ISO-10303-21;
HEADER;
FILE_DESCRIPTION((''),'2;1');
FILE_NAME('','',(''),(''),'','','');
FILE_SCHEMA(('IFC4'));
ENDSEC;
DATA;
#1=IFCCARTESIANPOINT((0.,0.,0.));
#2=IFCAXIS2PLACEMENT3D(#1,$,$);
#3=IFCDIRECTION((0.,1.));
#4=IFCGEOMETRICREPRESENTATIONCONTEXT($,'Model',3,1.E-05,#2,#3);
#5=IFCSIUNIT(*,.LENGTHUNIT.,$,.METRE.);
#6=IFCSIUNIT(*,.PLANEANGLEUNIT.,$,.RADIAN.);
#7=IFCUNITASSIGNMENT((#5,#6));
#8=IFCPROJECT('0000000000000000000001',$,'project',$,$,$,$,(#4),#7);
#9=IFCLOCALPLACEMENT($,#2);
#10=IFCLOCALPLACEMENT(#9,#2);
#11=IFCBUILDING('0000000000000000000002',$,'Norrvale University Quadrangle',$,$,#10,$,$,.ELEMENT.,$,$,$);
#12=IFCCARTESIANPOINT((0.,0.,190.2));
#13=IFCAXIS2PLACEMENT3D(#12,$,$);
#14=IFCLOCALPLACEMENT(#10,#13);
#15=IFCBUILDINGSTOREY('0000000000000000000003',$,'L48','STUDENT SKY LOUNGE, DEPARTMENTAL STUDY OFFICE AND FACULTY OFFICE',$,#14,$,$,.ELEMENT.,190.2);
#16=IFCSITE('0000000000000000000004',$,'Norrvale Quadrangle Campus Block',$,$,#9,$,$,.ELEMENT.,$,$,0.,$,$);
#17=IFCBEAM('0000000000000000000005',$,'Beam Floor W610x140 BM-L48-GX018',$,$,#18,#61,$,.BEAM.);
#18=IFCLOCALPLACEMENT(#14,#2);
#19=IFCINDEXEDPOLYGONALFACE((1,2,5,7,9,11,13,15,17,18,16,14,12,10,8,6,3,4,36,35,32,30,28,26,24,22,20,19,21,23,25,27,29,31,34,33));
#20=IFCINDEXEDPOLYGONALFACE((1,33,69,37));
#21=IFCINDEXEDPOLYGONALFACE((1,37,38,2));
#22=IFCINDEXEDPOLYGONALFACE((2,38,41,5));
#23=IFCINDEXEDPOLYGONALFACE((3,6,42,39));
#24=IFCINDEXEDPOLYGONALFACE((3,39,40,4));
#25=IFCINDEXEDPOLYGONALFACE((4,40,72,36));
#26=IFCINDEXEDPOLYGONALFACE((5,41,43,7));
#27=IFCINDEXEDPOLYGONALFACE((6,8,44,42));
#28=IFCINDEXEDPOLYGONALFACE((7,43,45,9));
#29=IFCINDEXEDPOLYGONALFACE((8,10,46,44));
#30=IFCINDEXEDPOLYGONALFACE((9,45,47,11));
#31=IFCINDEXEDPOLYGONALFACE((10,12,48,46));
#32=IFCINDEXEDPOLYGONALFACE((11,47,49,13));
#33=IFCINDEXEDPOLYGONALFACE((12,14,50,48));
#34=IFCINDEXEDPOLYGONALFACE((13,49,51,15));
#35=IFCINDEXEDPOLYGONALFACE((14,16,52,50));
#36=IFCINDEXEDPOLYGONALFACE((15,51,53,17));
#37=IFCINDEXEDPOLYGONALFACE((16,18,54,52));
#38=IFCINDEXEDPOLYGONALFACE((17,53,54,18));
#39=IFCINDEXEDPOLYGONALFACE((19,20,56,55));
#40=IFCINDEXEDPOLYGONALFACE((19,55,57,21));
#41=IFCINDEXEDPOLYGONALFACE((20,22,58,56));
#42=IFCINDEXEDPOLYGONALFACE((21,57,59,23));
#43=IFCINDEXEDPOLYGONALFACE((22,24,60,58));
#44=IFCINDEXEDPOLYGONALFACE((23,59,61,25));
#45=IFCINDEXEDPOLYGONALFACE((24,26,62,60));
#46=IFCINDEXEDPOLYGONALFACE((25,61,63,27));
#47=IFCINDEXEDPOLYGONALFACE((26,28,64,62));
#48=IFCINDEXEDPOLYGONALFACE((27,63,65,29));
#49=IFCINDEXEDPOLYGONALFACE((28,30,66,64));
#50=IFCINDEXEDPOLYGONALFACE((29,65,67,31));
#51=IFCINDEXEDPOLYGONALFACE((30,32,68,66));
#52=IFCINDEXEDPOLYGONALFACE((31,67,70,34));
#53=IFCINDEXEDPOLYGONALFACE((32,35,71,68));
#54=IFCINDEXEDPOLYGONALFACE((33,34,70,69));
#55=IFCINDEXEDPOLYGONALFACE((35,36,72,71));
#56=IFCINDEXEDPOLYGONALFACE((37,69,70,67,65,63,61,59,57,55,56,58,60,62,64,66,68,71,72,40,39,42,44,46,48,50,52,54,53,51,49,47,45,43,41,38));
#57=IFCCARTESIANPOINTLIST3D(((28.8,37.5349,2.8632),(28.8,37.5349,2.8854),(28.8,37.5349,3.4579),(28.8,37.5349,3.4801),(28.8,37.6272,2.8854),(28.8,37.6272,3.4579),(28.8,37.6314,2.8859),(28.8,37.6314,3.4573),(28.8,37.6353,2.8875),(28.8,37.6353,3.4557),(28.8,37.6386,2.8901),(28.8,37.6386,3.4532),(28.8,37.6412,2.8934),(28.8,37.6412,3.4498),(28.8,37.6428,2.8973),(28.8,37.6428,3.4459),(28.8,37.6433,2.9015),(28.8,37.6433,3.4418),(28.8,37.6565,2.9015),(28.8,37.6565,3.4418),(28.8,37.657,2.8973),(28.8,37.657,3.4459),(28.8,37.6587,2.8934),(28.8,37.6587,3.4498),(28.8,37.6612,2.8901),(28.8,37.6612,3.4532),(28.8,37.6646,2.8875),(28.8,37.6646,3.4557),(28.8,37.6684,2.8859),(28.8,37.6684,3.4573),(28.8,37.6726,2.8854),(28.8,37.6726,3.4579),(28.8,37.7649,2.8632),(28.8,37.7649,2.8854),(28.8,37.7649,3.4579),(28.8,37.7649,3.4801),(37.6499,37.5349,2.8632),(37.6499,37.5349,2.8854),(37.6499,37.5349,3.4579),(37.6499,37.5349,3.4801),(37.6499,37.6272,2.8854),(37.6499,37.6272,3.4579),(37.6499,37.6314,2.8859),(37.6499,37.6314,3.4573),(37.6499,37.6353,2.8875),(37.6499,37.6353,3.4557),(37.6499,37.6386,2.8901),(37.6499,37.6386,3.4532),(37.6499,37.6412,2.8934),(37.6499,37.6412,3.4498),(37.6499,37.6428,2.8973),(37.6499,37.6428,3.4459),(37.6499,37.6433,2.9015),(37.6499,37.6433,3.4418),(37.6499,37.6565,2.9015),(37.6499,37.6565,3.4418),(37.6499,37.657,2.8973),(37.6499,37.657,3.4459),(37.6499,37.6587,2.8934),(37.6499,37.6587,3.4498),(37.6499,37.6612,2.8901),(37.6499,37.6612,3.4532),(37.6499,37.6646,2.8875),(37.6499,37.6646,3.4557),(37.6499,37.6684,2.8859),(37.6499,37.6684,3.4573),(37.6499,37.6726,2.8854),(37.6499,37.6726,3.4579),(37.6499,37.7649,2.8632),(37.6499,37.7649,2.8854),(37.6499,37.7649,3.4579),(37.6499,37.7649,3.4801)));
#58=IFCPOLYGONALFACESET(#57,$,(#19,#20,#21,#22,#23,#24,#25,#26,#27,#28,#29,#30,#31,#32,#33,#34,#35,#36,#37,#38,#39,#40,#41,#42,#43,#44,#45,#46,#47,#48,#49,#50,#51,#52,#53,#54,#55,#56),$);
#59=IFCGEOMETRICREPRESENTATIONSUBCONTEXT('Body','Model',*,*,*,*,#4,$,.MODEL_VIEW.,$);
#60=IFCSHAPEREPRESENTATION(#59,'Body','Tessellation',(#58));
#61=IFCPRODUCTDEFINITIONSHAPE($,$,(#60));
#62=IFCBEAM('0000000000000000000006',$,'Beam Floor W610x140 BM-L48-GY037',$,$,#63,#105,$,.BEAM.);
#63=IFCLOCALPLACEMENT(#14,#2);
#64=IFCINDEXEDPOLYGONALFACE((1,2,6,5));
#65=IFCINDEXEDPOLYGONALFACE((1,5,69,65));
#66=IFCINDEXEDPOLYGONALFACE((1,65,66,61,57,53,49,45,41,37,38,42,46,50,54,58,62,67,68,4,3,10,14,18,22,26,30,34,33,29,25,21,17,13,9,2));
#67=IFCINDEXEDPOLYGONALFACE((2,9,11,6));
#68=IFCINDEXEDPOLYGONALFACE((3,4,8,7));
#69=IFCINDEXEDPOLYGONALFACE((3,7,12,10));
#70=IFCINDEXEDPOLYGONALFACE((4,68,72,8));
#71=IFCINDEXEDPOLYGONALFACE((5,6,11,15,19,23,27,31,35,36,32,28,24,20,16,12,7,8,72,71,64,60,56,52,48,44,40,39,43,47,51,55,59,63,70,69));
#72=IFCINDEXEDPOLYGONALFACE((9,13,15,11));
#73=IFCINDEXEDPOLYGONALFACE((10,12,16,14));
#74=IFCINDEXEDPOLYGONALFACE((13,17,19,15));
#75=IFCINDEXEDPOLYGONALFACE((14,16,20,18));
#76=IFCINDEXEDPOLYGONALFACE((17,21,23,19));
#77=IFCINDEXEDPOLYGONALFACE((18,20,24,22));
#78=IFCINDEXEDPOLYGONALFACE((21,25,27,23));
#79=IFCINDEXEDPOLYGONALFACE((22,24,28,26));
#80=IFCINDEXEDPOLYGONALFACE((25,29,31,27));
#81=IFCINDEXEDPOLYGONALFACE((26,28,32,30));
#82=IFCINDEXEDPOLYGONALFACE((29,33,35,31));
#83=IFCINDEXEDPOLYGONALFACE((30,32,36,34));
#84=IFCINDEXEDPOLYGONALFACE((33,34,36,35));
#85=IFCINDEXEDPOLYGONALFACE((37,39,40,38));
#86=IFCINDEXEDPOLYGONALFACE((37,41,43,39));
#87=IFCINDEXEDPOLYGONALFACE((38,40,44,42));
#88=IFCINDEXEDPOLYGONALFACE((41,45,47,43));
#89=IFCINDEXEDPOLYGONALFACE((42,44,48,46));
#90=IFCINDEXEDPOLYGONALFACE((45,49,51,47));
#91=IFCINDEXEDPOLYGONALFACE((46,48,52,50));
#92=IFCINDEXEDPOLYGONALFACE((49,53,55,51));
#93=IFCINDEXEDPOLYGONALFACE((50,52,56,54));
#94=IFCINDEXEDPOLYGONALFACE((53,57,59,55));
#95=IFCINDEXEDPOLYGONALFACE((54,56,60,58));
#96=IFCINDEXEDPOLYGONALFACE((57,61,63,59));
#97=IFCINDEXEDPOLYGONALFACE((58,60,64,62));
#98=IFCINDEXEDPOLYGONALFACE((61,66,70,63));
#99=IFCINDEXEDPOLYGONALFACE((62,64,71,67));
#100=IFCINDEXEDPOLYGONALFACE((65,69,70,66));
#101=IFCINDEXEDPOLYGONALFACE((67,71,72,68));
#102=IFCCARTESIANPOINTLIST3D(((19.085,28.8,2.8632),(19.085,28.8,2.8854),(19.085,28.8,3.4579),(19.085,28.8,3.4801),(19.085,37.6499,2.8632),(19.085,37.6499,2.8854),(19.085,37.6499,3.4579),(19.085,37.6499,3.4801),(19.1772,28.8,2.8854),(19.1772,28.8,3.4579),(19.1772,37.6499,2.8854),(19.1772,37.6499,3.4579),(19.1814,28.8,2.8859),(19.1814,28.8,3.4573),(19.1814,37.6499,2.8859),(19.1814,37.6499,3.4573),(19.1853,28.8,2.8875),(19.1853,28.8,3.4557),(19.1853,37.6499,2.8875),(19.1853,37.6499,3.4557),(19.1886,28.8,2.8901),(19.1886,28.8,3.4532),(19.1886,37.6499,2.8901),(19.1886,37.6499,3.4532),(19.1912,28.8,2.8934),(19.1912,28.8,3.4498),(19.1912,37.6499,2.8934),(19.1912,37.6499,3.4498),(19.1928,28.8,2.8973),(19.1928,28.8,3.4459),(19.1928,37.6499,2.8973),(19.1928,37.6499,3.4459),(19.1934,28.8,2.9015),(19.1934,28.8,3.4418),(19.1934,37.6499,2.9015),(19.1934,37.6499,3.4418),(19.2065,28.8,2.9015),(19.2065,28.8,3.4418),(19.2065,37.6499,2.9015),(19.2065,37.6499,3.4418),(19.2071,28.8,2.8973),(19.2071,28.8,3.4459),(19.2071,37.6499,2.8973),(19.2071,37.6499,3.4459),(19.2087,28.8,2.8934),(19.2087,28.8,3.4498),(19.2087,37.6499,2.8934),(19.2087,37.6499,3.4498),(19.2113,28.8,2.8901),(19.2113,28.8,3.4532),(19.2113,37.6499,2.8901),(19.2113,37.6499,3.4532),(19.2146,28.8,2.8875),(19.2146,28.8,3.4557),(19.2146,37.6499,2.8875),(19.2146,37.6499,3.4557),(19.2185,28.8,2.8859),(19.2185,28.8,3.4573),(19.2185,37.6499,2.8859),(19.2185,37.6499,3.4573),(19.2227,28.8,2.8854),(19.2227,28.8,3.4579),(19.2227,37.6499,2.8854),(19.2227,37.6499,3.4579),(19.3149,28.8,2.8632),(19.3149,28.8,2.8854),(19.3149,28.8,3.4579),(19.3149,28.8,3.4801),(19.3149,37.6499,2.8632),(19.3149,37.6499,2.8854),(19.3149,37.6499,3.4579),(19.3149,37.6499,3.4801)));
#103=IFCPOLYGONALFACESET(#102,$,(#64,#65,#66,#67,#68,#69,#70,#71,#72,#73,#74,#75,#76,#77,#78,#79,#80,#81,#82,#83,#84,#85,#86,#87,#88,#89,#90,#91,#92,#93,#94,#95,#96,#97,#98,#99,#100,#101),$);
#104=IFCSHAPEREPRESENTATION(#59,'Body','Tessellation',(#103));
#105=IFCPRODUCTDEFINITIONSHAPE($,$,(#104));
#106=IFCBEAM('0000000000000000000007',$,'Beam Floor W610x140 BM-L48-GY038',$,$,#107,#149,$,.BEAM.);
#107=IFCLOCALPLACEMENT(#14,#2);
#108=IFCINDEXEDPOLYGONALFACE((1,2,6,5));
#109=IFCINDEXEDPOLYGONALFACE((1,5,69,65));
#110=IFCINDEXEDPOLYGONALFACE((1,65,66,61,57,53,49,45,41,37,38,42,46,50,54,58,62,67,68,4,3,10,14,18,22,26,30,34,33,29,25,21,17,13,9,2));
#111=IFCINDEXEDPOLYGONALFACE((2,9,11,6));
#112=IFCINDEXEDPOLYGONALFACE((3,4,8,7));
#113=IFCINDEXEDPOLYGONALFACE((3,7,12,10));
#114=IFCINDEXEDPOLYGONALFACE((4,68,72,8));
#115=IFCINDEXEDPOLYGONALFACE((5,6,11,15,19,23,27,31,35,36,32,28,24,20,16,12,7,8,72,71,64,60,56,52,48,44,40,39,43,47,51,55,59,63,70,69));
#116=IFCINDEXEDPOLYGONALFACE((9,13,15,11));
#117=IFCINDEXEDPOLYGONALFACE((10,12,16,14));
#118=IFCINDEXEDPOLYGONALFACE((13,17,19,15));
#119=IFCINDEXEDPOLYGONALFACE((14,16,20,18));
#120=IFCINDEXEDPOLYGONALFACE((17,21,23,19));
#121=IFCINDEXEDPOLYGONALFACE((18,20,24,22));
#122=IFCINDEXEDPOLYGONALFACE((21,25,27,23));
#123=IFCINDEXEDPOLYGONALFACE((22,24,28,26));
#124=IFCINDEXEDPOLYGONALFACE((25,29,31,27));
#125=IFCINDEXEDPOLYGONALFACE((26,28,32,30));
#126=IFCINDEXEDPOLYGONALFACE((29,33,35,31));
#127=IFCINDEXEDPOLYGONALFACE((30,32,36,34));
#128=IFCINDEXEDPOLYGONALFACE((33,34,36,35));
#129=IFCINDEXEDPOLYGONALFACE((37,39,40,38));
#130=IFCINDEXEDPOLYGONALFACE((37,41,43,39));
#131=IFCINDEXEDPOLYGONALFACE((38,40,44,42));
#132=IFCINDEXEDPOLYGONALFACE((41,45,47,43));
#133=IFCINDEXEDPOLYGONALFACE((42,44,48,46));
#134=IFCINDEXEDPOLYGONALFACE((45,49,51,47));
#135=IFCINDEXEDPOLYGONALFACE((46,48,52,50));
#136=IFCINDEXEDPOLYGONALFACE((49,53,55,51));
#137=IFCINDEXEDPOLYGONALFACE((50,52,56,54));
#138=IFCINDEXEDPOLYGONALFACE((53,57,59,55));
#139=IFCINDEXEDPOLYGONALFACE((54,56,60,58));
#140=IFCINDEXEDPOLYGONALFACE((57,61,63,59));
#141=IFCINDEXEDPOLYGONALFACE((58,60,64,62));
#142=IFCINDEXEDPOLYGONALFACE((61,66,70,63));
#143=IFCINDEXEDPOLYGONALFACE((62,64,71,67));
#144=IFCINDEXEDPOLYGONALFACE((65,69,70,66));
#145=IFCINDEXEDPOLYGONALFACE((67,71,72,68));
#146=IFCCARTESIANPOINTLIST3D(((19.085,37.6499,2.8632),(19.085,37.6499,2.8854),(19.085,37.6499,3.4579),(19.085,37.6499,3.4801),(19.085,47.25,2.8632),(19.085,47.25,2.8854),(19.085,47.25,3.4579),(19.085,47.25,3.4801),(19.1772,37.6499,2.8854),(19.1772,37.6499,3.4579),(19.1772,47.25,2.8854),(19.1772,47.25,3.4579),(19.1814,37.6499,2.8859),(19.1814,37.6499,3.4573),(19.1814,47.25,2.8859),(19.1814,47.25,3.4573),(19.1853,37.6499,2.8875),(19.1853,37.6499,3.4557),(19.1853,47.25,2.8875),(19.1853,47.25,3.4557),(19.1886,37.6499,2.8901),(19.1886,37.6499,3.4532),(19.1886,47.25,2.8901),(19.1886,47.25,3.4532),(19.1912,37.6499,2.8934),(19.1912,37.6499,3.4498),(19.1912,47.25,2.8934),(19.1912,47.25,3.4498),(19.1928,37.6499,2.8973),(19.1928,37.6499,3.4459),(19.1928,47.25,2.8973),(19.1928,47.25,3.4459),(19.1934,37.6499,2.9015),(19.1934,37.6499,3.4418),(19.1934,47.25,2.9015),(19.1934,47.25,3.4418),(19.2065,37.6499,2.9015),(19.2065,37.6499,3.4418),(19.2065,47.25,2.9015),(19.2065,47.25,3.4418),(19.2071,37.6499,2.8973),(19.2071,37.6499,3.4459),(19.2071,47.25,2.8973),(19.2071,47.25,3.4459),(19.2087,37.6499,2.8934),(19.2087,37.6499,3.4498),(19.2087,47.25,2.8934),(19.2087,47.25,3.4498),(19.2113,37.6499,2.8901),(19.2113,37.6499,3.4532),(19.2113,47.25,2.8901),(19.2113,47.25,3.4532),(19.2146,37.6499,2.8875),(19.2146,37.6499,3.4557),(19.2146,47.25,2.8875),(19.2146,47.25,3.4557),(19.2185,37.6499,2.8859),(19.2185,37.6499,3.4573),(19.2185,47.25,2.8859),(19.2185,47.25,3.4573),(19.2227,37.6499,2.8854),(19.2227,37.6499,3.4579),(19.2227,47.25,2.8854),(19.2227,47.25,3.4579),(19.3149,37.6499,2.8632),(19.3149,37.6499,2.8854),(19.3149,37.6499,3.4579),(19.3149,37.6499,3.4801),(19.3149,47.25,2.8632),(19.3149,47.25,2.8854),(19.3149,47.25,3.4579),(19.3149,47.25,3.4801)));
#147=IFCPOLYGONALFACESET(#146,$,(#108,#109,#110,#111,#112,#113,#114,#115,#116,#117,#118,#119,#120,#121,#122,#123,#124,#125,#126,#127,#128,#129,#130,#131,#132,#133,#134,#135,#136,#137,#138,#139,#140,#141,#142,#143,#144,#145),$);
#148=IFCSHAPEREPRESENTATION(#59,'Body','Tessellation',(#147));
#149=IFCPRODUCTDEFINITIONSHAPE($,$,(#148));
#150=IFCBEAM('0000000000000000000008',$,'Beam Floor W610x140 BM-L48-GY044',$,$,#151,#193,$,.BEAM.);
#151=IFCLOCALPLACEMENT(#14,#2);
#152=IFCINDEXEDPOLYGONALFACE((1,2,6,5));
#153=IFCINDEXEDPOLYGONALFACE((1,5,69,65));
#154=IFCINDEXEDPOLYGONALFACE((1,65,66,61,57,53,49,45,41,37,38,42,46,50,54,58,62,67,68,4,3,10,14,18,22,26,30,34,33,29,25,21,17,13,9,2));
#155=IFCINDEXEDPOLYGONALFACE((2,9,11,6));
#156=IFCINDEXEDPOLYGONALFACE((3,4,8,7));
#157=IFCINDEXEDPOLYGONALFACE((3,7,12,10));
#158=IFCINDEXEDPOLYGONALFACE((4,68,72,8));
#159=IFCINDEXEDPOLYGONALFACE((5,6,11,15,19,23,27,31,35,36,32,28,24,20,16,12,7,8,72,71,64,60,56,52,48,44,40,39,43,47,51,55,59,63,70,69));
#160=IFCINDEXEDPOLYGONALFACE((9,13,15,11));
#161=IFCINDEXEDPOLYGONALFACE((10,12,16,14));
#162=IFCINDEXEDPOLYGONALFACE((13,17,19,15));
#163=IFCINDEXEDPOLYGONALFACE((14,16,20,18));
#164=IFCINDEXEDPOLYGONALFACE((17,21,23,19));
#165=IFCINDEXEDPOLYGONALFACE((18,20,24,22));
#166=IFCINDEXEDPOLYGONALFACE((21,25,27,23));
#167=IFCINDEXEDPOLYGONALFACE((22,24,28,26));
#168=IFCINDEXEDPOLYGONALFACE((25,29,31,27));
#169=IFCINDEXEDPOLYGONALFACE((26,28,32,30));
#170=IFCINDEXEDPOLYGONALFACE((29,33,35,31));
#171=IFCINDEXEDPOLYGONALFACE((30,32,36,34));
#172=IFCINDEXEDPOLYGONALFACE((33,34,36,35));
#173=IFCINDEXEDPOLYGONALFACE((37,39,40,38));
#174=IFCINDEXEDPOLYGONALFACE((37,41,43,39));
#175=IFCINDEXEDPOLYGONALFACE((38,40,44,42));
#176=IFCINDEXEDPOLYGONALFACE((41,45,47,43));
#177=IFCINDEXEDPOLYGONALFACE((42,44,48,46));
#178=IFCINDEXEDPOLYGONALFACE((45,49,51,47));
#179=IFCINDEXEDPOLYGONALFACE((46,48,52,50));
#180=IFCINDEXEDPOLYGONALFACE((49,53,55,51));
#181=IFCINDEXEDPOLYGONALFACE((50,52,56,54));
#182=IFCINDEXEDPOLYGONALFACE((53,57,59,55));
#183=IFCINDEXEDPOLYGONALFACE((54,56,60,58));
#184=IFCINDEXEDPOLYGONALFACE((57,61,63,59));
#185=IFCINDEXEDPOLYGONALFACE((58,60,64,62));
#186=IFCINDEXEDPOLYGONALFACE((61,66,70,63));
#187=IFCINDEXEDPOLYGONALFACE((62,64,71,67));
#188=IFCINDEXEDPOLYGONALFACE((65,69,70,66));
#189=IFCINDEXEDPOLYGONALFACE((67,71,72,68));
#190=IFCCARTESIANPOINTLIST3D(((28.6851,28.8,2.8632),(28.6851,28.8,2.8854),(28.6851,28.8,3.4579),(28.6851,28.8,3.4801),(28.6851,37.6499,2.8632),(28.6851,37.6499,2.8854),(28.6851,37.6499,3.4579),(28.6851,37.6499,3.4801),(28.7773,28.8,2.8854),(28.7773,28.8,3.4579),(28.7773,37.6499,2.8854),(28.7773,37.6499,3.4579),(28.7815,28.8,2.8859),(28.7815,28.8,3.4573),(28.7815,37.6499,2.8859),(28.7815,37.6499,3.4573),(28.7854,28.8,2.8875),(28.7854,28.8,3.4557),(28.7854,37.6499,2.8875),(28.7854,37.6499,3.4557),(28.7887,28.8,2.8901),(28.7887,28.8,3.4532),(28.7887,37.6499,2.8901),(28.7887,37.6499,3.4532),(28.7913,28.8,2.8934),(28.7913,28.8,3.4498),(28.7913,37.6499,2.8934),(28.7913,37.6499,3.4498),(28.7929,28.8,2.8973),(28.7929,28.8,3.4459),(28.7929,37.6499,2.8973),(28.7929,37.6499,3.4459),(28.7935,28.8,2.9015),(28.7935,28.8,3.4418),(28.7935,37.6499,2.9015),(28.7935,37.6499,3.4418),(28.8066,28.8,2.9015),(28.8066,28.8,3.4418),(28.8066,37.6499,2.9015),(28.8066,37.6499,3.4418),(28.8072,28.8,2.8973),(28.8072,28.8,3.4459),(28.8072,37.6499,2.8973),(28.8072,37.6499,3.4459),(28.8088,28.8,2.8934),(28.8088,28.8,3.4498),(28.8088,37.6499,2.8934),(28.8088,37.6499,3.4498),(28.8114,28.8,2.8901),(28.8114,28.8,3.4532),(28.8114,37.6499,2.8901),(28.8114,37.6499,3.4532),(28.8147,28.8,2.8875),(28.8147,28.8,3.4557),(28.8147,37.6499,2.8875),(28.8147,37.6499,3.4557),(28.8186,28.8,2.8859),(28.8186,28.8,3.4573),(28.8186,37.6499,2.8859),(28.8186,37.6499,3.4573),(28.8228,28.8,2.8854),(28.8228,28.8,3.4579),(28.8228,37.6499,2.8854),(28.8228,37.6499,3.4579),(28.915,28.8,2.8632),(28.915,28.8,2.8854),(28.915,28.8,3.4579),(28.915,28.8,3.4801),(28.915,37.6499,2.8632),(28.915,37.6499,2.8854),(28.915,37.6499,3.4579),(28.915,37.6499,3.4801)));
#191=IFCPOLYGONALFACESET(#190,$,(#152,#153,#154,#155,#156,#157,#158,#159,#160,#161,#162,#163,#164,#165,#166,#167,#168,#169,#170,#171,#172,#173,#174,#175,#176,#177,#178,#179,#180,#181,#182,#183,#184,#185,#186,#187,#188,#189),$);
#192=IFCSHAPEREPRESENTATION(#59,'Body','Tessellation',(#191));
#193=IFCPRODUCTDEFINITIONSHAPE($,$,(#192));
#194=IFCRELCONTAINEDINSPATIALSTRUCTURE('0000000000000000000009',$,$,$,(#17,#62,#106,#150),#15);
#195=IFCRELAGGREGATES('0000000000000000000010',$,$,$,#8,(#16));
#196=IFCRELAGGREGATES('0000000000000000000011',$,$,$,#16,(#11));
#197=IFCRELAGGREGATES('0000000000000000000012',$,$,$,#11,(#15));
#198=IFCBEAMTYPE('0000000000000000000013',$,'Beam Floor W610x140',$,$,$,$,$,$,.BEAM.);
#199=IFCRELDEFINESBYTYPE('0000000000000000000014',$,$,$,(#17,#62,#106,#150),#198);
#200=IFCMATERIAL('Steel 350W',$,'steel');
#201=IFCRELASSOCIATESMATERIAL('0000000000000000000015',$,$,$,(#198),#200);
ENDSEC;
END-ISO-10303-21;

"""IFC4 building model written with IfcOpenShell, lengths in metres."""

from ifc_helpers import new_model, si_unit, direction, frame, origin, origin_2d, place, context, subcontext, project, spatial, i_section, extrude, material, material_profile, profile_set, type_object, element, save


model = new_model("IFC4")

# Units and contexts
model_context = context("Model", 3, precision=1e-05, world=origin(), true_north=direction((0.0, 1.0)))
body_context = subcontext(model_context, "Body", "Model", "MODEL_VIEW")
ifc_project = project(units=[si_unit("LENGTHUNIT", "METRE"), si_unit("PLANEANGLEUNIT", "RADIAN")], contexts=[model_context])

# Site, building, storey
site_placement = place(None, origin())
site = spatial("IfcSite", under=ifc_project, at=site_placement, Name="Norrvale Quadrangle Campus Block", CompositionType="ELEMENT", RefElevation=0.0)
building_placement = place(site_placement, origin())
building = spatial("IfcBuilding", under=site, at=building_placement, Name="Norrvale University Quadrangle", CompositionType="ELEMENT")
storey_placement = place(building_placement, frame((0.0, 0.0, 190.2)))
storey = spatial("IfcBuildingStorey", under=building, at=storey_placement, Name="L48", Description="STUDENT SKY LOUNGE, DEPARTMENTAL STUDY OFFICE AND FACULTY OFFICE", CompositionType="ELEMENT", Elevation=190.2)

# Beams
ifc_material_1 = material(Name="Steel 350W", Category="steel")
ifc_material_profile_1 = material_profile(ifc_material_1, i_section(OverallWidth=0.23, OverallDepth=0.6169, WebThickness=0.0132, FlangeThickness=0.0222, FilletRadius=0.0161, at=origin_2d()), Name="Steel 350W")
ifc_profile_set_1 = profile_set([ifc_material_profile_1], Name="Steel 350W")
beam_type_1 = type_object("IfcBeamType", Name="Beam Floor W610x140", PredefinedType="BEAM", material=ifc_profile_set_1)
for number, where, z_axis, x_axis, name in (
    (1, (28.8, 37.6499, 3.1716), (1.0, 0.0, 0.0), (0.0, 1.0, 0.0), "Beam Floor W610x140 BM-L48-GX018"),
    (2, (19.2, 28.8, 3.1716), (0.0, 1.0, 0.0), (-1.0, 0.0, 0.0), "Beam Floor W610x140 BM-L48-GY037"),
):
    element("IfcBeam", number, at=place(storey_placement, frame(where, z_axis=z_axis, x_axis=x_axis)), inside=storey, type_object=beam_type_1, Name=name, PredefinedType="BEAM", context=body_context, shape_type="SweptSolid", body=[
        extrude(i_section(OverallWidth=0.23, OverallDepth=0.6169, WebThickness=0.0132, FlangeThickness=0.0222, FilletRadius=0.0161, at=origin_2d()), origin(), (0.0, 0.0, 1.0), 8.8499),
    ])
beam_1_placement = place(storey_placement, frame((19.2, 37.6499, 3.1716), z_axis=(0.0, 1.0, 0.0), x_axis=(-1.0, 0.0, 0.0)))
element("IfcBeam", 3, at=beam_1_placement, inside=storey, type_object=beam_type_1, Name="Beam Floor W610x140 BM-L48-GY038", PredefinedType="BEAM", context=body_context, shape_type="SweptSolid", body=[
    extrude(i_section(OverallWidth=0.23, OverallDepth=0.6169, WebThickness=0.0132, FlangeThickness=0.0222, FilletRadius=0.0161, at=origin_2d()), origin(), (0.0, 0.0, 1.0), 9.6001),
])
beam_2_placement = place(storey_placement, frame((28.8, 28.8, 3.1716), z_axis=(0.0, 1.0, 0.0), x_axis=(-1.0, 0.0, 0.0)))
element("IfcBeam", 4, at=beam_2_placement, inside=storey, type_object=beam_type_1, Name="Beam Floor W610x140 BM-L48-GY044", PredefinedType="BEAM", context=body_context, shape_type="SweptSolid", body=[
    extrude(i_section(OverallWidth=0.23, OverallDepth=0.6169, WebThickness=0.0132, FlangeThickness=0.0222, FilletRadius=0.0161, at=origin_2d()), origin(), (0.0, 0.0, 1.0), 8.8499),
])

save(model, "model.ifc")
